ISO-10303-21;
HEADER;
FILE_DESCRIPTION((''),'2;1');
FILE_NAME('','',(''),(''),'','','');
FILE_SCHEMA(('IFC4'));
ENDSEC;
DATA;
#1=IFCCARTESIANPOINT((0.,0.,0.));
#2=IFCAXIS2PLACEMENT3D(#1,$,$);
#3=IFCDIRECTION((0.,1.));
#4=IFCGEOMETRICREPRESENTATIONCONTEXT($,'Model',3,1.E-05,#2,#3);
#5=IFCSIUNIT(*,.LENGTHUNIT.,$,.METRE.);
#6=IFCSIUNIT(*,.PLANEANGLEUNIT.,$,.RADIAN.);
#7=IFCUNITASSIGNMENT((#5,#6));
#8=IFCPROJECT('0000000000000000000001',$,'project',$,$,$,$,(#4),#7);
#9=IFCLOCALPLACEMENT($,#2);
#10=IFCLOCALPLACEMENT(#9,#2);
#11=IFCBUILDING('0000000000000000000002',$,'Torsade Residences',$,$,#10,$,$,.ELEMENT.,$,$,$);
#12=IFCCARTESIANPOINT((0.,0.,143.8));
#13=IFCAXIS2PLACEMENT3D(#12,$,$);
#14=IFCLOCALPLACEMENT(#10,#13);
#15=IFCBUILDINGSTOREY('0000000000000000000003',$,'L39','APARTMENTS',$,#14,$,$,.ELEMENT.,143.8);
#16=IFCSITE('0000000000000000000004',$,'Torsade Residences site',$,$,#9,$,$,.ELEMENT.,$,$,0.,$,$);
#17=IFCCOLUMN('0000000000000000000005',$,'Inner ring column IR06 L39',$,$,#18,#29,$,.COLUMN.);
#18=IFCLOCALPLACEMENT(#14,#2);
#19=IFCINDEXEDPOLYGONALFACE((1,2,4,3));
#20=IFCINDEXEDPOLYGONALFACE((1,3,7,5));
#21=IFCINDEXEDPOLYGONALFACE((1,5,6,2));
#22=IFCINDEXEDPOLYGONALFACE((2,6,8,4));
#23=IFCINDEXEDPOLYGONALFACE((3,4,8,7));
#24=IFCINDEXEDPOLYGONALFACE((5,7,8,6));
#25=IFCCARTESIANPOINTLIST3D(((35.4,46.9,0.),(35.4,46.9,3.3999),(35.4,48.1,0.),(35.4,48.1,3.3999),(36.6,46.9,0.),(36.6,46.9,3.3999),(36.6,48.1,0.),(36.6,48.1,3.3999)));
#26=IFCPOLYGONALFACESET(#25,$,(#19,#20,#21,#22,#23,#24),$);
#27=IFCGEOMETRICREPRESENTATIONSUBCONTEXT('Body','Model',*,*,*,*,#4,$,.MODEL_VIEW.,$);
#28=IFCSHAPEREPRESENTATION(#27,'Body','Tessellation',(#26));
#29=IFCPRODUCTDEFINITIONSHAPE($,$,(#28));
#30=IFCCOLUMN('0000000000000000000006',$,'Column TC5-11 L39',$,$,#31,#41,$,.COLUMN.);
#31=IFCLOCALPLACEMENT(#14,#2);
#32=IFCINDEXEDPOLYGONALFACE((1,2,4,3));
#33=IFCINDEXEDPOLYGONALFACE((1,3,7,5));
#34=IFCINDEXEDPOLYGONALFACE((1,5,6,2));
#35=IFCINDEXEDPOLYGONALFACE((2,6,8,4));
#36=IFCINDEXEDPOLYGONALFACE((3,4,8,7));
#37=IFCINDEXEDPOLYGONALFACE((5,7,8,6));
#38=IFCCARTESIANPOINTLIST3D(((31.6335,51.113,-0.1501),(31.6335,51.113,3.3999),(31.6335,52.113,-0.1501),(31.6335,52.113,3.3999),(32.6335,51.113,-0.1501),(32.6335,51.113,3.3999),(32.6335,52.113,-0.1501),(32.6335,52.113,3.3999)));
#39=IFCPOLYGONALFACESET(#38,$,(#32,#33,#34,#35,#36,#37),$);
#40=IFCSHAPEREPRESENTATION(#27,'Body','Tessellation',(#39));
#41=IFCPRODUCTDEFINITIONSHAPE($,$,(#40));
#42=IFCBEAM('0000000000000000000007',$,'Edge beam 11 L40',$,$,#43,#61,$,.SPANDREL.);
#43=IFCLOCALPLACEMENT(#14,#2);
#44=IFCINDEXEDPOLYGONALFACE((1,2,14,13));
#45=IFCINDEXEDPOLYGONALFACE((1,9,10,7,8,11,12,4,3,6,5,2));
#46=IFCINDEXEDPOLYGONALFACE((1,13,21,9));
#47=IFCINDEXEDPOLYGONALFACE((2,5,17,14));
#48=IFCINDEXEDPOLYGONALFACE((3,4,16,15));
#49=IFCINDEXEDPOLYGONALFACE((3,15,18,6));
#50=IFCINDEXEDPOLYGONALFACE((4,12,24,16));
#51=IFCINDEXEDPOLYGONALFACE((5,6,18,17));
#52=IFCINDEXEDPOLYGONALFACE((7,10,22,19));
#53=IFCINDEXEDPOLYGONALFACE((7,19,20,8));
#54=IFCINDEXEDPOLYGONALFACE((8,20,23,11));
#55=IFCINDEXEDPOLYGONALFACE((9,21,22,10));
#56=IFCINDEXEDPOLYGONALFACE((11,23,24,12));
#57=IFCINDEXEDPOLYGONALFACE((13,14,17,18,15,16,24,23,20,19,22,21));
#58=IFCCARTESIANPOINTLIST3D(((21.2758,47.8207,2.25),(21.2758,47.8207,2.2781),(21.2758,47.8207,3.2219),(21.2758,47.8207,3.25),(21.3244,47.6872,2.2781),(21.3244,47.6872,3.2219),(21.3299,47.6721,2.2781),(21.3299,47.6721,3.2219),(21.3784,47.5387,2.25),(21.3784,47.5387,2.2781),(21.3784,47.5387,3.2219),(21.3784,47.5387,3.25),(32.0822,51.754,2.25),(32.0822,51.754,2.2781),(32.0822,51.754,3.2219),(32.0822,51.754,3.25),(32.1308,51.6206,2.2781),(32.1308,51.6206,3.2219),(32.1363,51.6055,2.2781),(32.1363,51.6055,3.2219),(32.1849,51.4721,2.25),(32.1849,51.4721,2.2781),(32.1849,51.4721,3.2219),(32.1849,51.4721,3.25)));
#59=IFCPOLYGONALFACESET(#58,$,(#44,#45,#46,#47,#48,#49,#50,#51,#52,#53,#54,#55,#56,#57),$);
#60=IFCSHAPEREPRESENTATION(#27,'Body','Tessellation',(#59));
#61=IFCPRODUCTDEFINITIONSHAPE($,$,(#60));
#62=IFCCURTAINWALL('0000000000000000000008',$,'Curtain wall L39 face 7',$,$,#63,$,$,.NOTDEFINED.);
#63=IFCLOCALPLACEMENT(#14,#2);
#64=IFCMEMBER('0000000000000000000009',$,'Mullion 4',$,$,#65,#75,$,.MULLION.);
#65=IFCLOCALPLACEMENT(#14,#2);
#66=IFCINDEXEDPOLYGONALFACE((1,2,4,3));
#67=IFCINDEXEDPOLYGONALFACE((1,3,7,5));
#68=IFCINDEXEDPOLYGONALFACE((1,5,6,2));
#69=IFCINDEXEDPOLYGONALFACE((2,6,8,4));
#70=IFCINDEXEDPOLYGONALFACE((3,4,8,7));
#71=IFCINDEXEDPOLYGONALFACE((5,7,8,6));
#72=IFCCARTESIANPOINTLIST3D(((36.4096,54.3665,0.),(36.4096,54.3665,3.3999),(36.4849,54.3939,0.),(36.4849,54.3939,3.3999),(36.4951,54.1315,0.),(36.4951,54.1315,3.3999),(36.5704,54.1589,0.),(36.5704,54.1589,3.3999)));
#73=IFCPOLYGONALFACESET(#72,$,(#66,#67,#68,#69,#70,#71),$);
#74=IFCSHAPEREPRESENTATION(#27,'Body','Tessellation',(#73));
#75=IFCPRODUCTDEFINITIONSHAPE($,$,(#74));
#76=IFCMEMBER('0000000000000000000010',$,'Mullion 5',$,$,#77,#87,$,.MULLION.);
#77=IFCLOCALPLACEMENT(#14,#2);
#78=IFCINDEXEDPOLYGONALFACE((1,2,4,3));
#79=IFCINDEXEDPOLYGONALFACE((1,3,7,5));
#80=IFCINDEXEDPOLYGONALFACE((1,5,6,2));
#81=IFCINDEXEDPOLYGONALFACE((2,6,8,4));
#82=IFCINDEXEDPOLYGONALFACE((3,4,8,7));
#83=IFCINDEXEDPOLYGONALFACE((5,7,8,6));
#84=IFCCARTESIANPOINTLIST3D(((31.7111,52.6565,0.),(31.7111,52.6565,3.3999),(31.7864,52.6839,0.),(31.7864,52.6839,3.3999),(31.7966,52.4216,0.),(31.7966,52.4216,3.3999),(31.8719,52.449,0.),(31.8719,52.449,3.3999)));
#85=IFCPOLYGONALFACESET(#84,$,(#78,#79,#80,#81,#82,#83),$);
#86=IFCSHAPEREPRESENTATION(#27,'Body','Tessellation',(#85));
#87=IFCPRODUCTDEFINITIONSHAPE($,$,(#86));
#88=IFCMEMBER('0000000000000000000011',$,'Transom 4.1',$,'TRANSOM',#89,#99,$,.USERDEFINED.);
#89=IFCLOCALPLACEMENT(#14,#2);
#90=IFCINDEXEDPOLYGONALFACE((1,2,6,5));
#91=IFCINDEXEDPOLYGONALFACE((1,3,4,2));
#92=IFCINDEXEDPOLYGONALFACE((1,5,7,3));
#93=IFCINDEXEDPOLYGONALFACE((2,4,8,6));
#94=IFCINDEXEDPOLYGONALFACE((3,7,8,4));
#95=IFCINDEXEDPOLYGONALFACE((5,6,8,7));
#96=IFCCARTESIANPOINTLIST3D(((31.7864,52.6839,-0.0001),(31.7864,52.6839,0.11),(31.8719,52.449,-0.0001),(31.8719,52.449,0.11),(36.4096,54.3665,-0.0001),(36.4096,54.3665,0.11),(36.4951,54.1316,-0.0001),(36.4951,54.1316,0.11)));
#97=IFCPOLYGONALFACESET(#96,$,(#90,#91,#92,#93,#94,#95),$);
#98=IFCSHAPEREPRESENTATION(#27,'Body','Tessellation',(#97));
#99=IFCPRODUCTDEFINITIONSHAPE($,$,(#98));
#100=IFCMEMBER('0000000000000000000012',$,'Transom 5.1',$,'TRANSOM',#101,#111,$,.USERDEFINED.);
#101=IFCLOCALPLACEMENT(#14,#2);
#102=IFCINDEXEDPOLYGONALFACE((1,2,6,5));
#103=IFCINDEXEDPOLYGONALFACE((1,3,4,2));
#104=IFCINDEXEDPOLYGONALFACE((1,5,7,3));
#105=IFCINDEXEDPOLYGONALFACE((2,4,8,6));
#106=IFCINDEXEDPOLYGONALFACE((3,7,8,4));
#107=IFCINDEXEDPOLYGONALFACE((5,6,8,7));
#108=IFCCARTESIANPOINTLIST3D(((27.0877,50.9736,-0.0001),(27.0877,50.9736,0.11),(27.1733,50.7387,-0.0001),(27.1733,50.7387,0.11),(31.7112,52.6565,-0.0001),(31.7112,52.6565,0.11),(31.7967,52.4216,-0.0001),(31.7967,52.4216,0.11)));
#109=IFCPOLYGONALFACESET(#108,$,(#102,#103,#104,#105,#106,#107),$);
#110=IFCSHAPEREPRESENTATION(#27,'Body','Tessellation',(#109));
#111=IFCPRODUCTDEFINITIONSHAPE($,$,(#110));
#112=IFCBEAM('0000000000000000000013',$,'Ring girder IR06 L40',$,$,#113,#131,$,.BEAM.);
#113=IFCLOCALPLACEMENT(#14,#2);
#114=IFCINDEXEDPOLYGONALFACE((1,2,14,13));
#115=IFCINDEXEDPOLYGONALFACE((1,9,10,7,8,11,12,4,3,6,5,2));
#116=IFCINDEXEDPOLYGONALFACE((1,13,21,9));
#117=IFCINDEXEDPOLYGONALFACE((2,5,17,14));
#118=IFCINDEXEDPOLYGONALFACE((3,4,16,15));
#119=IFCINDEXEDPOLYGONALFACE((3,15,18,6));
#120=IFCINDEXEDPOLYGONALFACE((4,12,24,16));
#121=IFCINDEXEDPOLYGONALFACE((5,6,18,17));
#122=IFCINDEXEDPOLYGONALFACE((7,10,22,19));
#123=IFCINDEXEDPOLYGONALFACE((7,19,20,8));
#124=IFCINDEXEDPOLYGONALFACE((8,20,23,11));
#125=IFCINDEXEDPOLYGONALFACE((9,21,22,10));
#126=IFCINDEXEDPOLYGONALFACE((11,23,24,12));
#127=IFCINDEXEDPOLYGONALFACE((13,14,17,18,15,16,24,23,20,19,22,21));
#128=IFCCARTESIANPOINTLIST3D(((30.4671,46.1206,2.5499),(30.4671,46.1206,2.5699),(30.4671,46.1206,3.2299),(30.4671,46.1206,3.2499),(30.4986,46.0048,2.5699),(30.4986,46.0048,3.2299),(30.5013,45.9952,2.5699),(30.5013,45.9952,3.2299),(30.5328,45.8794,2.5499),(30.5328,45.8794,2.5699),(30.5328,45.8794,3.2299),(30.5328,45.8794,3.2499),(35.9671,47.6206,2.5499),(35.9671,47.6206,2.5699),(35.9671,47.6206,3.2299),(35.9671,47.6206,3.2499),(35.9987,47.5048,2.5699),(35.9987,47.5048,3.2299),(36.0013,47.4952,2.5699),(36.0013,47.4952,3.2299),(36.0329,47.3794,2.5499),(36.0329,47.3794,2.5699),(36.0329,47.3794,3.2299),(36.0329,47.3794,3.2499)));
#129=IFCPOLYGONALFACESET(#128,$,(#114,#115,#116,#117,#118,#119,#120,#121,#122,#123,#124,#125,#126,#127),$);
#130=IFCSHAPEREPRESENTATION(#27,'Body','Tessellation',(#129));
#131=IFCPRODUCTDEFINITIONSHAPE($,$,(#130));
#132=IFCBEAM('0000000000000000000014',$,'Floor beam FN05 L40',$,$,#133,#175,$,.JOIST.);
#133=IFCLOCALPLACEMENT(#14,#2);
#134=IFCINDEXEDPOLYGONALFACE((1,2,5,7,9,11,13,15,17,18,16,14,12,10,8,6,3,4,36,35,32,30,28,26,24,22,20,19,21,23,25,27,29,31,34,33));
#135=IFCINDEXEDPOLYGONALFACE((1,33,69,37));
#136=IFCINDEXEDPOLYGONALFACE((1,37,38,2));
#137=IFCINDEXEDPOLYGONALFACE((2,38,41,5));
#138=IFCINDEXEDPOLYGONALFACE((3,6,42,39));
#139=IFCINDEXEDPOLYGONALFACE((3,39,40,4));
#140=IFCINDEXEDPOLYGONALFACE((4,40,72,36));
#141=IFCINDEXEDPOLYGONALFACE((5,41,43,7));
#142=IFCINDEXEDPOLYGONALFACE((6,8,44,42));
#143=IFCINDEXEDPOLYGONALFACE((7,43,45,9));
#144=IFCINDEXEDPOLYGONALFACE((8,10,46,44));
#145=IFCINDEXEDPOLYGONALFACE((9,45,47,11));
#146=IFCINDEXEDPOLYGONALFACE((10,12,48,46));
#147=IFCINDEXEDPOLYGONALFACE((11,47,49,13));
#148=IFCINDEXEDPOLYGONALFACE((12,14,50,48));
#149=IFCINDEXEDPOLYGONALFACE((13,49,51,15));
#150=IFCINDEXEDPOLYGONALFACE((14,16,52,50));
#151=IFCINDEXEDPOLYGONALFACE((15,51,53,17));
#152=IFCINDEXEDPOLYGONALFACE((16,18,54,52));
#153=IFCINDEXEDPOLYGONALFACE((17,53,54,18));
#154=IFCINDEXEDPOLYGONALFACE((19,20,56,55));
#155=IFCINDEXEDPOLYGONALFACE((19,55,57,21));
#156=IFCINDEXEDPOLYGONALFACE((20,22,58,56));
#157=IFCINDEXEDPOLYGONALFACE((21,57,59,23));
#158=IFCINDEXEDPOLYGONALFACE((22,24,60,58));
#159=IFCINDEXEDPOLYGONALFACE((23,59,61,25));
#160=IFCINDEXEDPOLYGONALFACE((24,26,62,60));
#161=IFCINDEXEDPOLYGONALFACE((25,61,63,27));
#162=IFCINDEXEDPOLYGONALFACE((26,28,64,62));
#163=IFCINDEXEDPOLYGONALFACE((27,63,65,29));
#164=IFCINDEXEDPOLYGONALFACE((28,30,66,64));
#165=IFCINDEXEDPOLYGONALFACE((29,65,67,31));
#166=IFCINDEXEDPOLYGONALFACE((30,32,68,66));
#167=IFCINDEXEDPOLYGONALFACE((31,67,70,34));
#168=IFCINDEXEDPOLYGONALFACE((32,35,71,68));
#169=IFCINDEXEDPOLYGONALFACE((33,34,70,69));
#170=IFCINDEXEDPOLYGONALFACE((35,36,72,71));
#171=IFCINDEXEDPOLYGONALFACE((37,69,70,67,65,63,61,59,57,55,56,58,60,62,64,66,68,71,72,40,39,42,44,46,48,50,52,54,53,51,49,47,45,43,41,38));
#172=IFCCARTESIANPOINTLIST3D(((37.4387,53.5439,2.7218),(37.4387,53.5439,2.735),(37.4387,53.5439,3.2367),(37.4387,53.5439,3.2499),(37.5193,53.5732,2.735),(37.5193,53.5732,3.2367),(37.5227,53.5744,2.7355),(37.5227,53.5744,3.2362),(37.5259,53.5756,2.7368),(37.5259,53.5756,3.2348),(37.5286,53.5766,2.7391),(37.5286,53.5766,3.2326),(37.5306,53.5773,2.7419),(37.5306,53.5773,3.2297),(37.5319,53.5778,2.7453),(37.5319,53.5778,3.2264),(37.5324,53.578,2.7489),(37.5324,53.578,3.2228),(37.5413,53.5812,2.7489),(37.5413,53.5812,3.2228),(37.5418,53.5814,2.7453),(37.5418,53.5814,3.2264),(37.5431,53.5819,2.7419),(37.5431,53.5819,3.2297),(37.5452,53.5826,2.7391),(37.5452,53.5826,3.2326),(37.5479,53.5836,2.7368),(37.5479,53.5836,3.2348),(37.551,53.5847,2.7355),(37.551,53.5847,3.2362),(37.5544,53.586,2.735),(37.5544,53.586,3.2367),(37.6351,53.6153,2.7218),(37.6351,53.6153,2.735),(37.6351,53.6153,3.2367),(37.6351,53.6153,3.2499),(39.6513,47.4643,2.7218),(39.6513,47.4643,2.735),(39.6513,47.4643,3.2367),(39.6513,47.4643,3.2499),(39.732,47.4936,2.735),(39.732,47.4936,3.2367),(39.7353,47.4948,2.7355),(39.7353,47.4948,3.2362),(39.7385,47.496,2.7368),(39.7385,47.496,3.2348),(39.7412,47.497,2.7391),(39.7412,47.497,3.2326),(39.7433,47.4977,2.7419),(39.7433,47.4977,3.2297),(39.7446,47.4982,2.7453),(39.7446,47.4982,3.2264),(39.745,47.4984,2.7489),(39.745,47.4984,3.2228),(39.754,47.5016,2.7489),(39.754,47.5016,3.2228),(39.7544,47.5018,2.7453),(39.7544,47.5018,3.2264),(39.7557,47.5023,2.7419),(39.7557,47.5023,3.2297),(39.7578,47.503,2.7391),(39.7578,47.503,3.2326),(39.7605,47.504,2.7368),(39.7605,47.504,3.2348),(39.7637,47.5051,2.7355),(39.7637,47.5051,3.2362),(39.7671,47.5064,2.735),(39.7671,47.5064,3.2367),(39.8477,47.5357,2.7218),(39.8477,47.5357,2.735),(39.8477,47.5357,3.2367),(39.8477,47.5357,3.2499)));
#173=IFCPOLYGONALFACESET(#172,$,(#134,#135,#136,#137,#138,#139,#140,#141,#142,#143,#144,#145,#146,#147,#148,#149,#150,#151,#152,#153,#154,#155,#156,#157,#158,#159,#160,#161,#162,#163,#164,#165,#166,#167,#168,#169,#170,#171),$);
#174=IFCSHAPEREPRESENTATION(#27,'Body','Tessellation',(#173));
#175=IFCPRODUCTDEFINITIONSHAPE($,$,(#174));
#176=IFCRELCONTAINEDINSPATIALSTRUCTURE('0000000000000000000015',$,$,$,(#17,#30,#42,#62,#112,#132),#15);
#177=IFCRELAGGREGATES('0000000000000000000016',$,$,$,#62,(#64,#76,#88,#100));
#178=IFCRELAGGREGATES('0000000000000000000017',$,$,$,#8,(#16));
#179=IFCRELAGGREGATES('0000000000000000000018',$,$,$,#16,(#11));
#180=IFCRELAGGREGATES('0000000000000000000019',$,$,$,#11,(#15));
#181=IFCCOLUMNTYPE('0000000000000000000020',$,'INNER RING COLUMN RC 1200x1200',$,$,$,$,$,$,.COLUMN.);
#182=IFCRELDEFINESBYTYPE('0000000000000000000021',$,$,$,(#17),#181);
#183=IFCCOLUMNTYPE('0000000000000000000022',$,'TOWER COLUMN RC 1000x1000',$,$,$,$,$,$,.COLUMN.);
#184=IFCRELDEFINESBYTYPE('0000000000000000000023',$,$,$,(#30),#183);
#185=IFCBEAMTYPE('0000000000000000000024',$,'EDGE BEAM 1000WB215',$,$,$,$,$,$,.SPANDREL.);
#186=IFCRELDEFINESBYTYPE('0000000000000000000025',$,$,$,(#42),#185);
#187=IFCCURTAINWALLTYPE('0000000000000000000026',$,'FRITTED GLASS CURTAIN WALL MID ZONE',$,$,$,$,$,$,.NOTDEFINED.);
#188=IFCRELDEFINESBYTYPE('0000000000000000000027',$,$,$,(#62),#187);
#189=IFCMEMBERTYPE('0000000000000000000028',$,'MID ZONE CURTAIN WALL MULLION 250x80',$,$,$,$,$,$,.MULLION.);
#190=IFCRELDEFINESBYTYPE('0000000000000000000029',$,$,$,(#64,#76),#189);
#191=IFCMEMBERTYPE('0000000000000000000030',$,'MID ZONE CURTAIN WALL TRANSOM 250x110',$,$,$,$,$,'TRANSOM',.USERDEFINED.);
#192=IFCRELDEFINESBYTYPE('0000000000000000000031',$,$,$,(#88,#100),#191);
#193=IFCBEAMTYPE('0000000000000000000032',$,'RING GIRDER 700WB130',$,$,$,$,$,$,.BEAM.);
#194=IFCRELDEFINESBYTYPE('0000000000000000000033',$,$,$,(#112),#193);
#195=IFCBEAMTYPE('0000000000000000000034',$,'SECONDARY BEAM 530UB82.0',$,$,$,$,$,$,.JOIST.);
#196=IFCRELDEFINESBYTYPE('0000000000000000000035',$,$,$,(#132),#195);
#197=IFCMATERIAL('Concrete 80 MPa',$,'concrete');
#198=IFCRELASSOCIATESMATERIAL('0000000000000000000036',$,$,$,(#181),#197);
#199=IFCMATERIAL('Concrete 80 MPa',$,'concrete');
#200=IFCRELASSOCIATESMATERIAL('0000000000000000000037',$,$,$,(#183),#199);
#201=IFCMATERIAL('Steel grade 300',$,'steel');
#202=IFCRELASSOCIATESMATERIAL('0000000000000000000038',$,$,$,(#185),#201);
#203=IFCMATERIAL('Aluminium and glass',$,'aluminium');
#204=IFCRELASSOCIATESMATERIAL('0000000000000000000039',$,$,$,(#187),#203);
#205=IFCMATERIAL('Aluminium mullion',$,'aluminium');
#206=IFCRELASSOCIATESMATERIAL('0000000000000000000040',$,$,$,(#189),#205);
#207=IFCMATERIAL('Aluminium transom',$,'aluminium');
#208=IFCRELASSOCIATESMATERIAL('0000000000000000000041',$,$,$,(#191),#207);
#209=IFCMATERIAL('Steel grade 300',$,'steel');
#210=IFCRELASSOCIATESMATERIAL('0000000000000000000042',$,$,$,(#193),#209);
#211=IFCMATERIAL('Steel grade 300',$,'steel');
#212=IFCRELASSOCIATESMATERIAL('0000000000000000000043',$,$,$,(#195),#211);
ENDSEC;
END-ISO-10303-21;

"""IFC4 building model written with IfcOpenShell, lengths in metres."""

from ifc_helpers import new_model, si_unit, direction, frame, origin, origin_2d, place, context, subcontext, project, spatial, rectangle, i_section, extrude, material, material_profile, profile_set, type_object, element, aggregate, save


model = new_model("IFC4")

# Units and contexts
model_context = context("Model", 3, precision=1e-05, world=origin(), true_north=direction((0.0, 1.0)))
body_context = subcontext(model_context, "Body", "Model", "MODEL_VIEW")
ifc_project = project(units=[si_unit("LENGTHUNIT", "METRE"), si_unit("PLANEANGLEUNIT", "RADIAN")], contexts=[model_context])

# Site, building, storey
site_placement = place(None, origin())
site = spatial("IfcSite", under=ifc_project, at=site_placement, Name="Torsade Residences site", CompositionType="ELEMENT", RefElevation=0.0)
building_placement = place(site_placement, origin())
building = spatial("IfcBuilding", under=site, at=building_placement, Name="Torsade Residences", CompositionType="ELEMENT")
storey_placement = place(building_placement, frame((0.0, 0.0, 143.8)))
storey = spatial("IfcBuildingStorey", under=building, at=storey_placement, Name="L39", Description="APARTMENTS", CompositionType="ELEMENT", Elevation=143.8)

# Columns
ifc_material_1 = material(Name="Concrete 80 MPa", Category="concrete")
ifc_material_profile_1 = material_profile(ifc_material_1, rectangle(XDim=1.2, YDim=1.2, at=origin_2d()), Name="RC 1200x1200")
ifc_profile_set_1 = profile_set([ifc_material_profile_1], Name="Concrete 80 MPa")
column_type_1 = type_object("IfcColumnType", Name="INNER RING COLUMN RC 1200x1200", PredefinedType="COLUMN", material=ifc_profile_set_1)
column_1_placement = place(storey_placement, frame((36.0, 47.5, 0.0), z_axis=(0.0, 0.0, 1.0), x_axis=(1.0, 0.0, 0.0)))
element("IfcColumn", 1, at=column_1_placement, inside=storey, type_object=column_type_1, Name="Inner ring column IR06 L39", PredefinedType="COLUMN", context=body_context, shape_type="SweptSolid", body=[
    extrude(rectangle(XDim=1.2, YDim=1.2, at=origin_2d()), origin(), (0.0, 0.0, 1.0), 3.3999),
])
ifc_material_2 = material(Name="Concrete 80 MPa", Category="concrete")
ifc_material_profile_2 = material_profile(ifc_material_2, rectangle(XDim=1.0, YDim=1.0, at=origin_2d()), Name="RC 1000x1000")
ifc_profile_set_2 = profile_set([ifc_material_profile_2], Name="Concrete 80 MPa")
column_type_2 = type_object("IfcColumnType", Name="TOWER COLUMN RC 1000x1000", PredefinedType="COLUMN", material=ifc_profile_set_2)
column_2_placement = place(storey_placement, frame((32.1335, 51.613, -0.1501), z_axis=(0.0, 0.0, 1.0), x_axis=(1.0, 0.0, 0.0)))
element("IfcColumn", 2, at=column_2_placement, inside=storey, type_object=column_type_2, Name="Column TC5-11 L39", PredefinedType="COLUMN", context=body_context, shape_type="SweptSolid", body=[
    extrude(rectangle(XDim=1.0, YDim=1.0, at=origin_2d()), origin(), (0.0, 0.0, 1.0), 3.55),
])

# Beam
ifc_material_3 = material(Name="Steel grade 300", Category="steel")
ifc_material_profile_3 = material_profile(ifc_material_3, i_section(OverallWidth=0.3, OverallDepth=1.0, WebThickness=0.0161, FlangeThickness=0.0281, at=origin_2d()), Name="1000WB215")
ifc_profile_set_3 = profile_set([ifc_material_profile_3], Name="Steel grade 300")
beam_type_1 = type_object("IfcBeamType", Name="EDGE BEAM 1000WB215", PredefinedType="SPANDREL", material=ifc_profile_set_3)
beam_1_placement = place(storey_placement, frame((32.1335, 51.613, 2.75), z_axis=(-0.939689, -0.342031, 0.0), x_axis=(0.342031, -0.939689, 0.0)))
element("IfcBeam", 3, at=beam_1_placement, inside=storey, type_object=beam_type_1, Name="Edge beam 11 L40", PredefinedType="SPANDREL", context=body_context, shape_type="SweptSolid", body=[
    extrude(i_section(OverallWidth=0.3, OverallDepth=1.0, WebThickness=0.0161, FlangeThickness=0.0281, at=origin_2d()), origin(), (0.0, 0.0, 1.0), 11.5),
])

# Curtain wall, members
ifc_material_4 = material(Name="Aluminium and glass", Category="aluminium")
curtain_wall_type = type_object("IfcCurtainWallType", Name="FRITTED GLASS CURTAIN WALL MID ZONE", PredefinedType="NOTDEFINED", material=ifc_material_4)
curtain_wall_placement = place(storey_placement, origin())
curtain_wall = element("IfcCurtainWall", 4, at=curtain_wall_placement, inside=storey, type_object=curtain_wall_type, Name="Curtain wall L39 face 7", PredefinedType="NOTDEFINED")
ifc_material_5 = material(Name="Aluminium mullion", Category="aluminium")
ifc_material_profile_4 = material_profile(ifc_material_5, rectangle(XDim=0.25, YDim=0.0801, at=origin_2d()), Name="MID ZONE CURTAIN WALL MULLION 250x80")
ifc_profile_set_4 = profile_set([ifc_material_profile_4], Name="Aluminium mullion")
member_type_1 = type_object("IfcMemberType", Name="MID ZONE CURTAIN WALL MULLION 250x80", PredefinedType="MULLION", material=ifc_profile_set_4)
member_1_placement = place(storey_placement, frame((36.49, 54.2627, 0.0), z_axis=(0.0, 0.0, 1.0), x_axis=(0.34202, -0.939693, 0.0)))
member_1 = element("IfcMember", 5, at=member_1_placement, type_object=member_type_1, Name="Mullion 4", PredefinedType="MULLION", context=body_context, shape_type="SweptSolid", body=[
    extrude(rectangle(XDim=0.25, YDim=0.0801, at=origin_2d()), origin(), (0.0, 0.0, 1.0), 3.3999),
])
member_2_placement = place(storey_placement, frame((31.7915, 52.5527, 0.0), z_axis=(0.0, 0.0, 1.0), x_axis=(0.34202, -0.939693, 0.0)))
member_2 = element("IfcMember", 6, at=member_2_placement, type_object=member_type_1, Name="Mullion 5", PredefinedType="MULLION", context=body_context, shape_type="SweptSolid", body=[
    extrude(rectangle(XDim=0.25, YDim=0.0801, at=origin_2d()), origin(), (0.0, 0.0, 1.0), 3.3999),
])
ifc_material_6 = material(Name="Aluminium transom", Category="aluminium")
ifc_material_profile_5 = material_profile(ifc_material_6, rectangle(XDim=0.25, YDim=0.1101, at=origin_2d()), Name="MID ZONE CURTAIN WALL TRANSOM 250x110")
ifc_profile_set_5 = profile_set([ifc_material_profile_5], Name="Aluminium transom")
member_type_2 = type_object("IfcMemberType", Name="MID ZONE CURTAIN WALL TRANSOM 250x110", ElementType="TRANSOM", PredefinedType="USERDEFINED", material=ifc_profile_set_5)
member_3_placement = place(storey_placement, frame((36.4524, 54.249, 0.0549), z_axis=(-0.939701, -0.341998, 0.0), x_axis=(0.341998, -0.939701, 0.0)))
member_3 = element("IfcMember", 7, at=member_3_placement, type_object=member_type_2, Name="Transom 4.1", ObjectType="TRANSOM", PredefinedType="USERDEFINED", context=body_context, shape_type="SweptSolid", body=[
    extrude(rectangle(XDim=0.25, YDim=0.1101, at=origin_2d()), origin(), (0.0, 0.0, 1.0), 4.9199),
])
member_4_placement = place(storey_placement, frame((31.7539, 52.5391, 0.0549), z_axis=(-0.939685, -0.342042, 0.0), x_axis=(0.342042, -0.939685, 0.0)))
member_4 = element("IfcMember", 8, at=member_4_placement, type_object=member_type_2, Name="Transom 5.1", ObjectType="TRANSOM", PredefinedType="USERDEFINED", context=body_context, shape_type="SweptSolid", body=[
    extrude(rectangle(XDim=0.25, YDim=0.1101, at=origin_2d()), origin(), (0.0, 0.0, 1.0), 4.9202),
])

# Beams
ifc_material_7 = material(Name="Steel grade 300", Category="steel")
ifc_material_profile_6 = material_profile(ifc_material_7, i_section(OverallWidth=0.25, OverallDepth=0.7, WebThickness=0.01, FlangeThickness=0.02, at=origin_2d()), Name="700WB130")
ifc_profile_set_6 = profile_set([ifc_material_profile_6], Name="Steel grade 300")
beam_type_2 = type_object("IfcBeamType", Name="RING GIRDER 700WB130", PredefinedType="BEAM", material=ifc_profile_set_6)
beam_2_placement = place(storey_placement, frame((36.0, 47.5, 2.8999), z_axis=(-0.964764, -0.263117, 0.0), x_axis=(0.263117, -0.964764, 0.0)))
element("IfcBeam", 9, at=beam_2_placement, inside=storey, type_object=beam_type_2, Name="Ring girder IR06 L40", PredefinedType="BEAM", context=body_context, shape_type="SweptSolid", body=[
    extrude(i_section(OverallWidth=0.25, OverallDepth=0.7, WebThickness=0.01, FlangeThickness=0.02, at=origin_2d()), origin(), (0.0, 0.0, 1.0), 5.7009),
])
ifc_material_8 = material(Name="Steel grade 300", Category="steel")
ifc_material_profile_7 = material_profile(ifc_material_8, i_section(OverallWidth=0.209, OverallDepth=0.5281, WebThickness=0.0095, FlangeThickness=0.0132, FilletRadius=0.0139, at=origin_2d()), Name="530UB82.0")
ifc_profile_set_7 = profile_set([ifc_material_profile_7], Name="Steel grade 300")
beam_type_3 = type_object("IfcBeamType", Name="SECONDARY BEAM 530UB82.0", PredefinedType="JOIST", material=ifc_profile_set_7)
beam_3_placement = place(storey_placement, frame((37.5369, 53.5796, 2.9858), z_axis=(0.342001, -0.9397, 0.0), x_axis=(0.9397, 0.342001, 0.0)))
element("IfcBeam", 10, at=beam_3_placement, inside=storey, type_object=beam_type_3, Name="Floor beam FN05 L40", PredefinedType="JOIST", context=body_context, shape_type="SweptSolid", body=[
    extrude(i_section(OverallWidth=0.209, OverallDepth=0.5281, WebThickness=0.0095, FlangeThickness=0.0132, FilletRadius=0.0139, at=origin_2d()), origin(), (0.0, 0.0, 1.0), 6.4697),
])

aggregate(curtain_wall, [member_1, member_2, member_3, member_4])

save(model, "model.ifc")
